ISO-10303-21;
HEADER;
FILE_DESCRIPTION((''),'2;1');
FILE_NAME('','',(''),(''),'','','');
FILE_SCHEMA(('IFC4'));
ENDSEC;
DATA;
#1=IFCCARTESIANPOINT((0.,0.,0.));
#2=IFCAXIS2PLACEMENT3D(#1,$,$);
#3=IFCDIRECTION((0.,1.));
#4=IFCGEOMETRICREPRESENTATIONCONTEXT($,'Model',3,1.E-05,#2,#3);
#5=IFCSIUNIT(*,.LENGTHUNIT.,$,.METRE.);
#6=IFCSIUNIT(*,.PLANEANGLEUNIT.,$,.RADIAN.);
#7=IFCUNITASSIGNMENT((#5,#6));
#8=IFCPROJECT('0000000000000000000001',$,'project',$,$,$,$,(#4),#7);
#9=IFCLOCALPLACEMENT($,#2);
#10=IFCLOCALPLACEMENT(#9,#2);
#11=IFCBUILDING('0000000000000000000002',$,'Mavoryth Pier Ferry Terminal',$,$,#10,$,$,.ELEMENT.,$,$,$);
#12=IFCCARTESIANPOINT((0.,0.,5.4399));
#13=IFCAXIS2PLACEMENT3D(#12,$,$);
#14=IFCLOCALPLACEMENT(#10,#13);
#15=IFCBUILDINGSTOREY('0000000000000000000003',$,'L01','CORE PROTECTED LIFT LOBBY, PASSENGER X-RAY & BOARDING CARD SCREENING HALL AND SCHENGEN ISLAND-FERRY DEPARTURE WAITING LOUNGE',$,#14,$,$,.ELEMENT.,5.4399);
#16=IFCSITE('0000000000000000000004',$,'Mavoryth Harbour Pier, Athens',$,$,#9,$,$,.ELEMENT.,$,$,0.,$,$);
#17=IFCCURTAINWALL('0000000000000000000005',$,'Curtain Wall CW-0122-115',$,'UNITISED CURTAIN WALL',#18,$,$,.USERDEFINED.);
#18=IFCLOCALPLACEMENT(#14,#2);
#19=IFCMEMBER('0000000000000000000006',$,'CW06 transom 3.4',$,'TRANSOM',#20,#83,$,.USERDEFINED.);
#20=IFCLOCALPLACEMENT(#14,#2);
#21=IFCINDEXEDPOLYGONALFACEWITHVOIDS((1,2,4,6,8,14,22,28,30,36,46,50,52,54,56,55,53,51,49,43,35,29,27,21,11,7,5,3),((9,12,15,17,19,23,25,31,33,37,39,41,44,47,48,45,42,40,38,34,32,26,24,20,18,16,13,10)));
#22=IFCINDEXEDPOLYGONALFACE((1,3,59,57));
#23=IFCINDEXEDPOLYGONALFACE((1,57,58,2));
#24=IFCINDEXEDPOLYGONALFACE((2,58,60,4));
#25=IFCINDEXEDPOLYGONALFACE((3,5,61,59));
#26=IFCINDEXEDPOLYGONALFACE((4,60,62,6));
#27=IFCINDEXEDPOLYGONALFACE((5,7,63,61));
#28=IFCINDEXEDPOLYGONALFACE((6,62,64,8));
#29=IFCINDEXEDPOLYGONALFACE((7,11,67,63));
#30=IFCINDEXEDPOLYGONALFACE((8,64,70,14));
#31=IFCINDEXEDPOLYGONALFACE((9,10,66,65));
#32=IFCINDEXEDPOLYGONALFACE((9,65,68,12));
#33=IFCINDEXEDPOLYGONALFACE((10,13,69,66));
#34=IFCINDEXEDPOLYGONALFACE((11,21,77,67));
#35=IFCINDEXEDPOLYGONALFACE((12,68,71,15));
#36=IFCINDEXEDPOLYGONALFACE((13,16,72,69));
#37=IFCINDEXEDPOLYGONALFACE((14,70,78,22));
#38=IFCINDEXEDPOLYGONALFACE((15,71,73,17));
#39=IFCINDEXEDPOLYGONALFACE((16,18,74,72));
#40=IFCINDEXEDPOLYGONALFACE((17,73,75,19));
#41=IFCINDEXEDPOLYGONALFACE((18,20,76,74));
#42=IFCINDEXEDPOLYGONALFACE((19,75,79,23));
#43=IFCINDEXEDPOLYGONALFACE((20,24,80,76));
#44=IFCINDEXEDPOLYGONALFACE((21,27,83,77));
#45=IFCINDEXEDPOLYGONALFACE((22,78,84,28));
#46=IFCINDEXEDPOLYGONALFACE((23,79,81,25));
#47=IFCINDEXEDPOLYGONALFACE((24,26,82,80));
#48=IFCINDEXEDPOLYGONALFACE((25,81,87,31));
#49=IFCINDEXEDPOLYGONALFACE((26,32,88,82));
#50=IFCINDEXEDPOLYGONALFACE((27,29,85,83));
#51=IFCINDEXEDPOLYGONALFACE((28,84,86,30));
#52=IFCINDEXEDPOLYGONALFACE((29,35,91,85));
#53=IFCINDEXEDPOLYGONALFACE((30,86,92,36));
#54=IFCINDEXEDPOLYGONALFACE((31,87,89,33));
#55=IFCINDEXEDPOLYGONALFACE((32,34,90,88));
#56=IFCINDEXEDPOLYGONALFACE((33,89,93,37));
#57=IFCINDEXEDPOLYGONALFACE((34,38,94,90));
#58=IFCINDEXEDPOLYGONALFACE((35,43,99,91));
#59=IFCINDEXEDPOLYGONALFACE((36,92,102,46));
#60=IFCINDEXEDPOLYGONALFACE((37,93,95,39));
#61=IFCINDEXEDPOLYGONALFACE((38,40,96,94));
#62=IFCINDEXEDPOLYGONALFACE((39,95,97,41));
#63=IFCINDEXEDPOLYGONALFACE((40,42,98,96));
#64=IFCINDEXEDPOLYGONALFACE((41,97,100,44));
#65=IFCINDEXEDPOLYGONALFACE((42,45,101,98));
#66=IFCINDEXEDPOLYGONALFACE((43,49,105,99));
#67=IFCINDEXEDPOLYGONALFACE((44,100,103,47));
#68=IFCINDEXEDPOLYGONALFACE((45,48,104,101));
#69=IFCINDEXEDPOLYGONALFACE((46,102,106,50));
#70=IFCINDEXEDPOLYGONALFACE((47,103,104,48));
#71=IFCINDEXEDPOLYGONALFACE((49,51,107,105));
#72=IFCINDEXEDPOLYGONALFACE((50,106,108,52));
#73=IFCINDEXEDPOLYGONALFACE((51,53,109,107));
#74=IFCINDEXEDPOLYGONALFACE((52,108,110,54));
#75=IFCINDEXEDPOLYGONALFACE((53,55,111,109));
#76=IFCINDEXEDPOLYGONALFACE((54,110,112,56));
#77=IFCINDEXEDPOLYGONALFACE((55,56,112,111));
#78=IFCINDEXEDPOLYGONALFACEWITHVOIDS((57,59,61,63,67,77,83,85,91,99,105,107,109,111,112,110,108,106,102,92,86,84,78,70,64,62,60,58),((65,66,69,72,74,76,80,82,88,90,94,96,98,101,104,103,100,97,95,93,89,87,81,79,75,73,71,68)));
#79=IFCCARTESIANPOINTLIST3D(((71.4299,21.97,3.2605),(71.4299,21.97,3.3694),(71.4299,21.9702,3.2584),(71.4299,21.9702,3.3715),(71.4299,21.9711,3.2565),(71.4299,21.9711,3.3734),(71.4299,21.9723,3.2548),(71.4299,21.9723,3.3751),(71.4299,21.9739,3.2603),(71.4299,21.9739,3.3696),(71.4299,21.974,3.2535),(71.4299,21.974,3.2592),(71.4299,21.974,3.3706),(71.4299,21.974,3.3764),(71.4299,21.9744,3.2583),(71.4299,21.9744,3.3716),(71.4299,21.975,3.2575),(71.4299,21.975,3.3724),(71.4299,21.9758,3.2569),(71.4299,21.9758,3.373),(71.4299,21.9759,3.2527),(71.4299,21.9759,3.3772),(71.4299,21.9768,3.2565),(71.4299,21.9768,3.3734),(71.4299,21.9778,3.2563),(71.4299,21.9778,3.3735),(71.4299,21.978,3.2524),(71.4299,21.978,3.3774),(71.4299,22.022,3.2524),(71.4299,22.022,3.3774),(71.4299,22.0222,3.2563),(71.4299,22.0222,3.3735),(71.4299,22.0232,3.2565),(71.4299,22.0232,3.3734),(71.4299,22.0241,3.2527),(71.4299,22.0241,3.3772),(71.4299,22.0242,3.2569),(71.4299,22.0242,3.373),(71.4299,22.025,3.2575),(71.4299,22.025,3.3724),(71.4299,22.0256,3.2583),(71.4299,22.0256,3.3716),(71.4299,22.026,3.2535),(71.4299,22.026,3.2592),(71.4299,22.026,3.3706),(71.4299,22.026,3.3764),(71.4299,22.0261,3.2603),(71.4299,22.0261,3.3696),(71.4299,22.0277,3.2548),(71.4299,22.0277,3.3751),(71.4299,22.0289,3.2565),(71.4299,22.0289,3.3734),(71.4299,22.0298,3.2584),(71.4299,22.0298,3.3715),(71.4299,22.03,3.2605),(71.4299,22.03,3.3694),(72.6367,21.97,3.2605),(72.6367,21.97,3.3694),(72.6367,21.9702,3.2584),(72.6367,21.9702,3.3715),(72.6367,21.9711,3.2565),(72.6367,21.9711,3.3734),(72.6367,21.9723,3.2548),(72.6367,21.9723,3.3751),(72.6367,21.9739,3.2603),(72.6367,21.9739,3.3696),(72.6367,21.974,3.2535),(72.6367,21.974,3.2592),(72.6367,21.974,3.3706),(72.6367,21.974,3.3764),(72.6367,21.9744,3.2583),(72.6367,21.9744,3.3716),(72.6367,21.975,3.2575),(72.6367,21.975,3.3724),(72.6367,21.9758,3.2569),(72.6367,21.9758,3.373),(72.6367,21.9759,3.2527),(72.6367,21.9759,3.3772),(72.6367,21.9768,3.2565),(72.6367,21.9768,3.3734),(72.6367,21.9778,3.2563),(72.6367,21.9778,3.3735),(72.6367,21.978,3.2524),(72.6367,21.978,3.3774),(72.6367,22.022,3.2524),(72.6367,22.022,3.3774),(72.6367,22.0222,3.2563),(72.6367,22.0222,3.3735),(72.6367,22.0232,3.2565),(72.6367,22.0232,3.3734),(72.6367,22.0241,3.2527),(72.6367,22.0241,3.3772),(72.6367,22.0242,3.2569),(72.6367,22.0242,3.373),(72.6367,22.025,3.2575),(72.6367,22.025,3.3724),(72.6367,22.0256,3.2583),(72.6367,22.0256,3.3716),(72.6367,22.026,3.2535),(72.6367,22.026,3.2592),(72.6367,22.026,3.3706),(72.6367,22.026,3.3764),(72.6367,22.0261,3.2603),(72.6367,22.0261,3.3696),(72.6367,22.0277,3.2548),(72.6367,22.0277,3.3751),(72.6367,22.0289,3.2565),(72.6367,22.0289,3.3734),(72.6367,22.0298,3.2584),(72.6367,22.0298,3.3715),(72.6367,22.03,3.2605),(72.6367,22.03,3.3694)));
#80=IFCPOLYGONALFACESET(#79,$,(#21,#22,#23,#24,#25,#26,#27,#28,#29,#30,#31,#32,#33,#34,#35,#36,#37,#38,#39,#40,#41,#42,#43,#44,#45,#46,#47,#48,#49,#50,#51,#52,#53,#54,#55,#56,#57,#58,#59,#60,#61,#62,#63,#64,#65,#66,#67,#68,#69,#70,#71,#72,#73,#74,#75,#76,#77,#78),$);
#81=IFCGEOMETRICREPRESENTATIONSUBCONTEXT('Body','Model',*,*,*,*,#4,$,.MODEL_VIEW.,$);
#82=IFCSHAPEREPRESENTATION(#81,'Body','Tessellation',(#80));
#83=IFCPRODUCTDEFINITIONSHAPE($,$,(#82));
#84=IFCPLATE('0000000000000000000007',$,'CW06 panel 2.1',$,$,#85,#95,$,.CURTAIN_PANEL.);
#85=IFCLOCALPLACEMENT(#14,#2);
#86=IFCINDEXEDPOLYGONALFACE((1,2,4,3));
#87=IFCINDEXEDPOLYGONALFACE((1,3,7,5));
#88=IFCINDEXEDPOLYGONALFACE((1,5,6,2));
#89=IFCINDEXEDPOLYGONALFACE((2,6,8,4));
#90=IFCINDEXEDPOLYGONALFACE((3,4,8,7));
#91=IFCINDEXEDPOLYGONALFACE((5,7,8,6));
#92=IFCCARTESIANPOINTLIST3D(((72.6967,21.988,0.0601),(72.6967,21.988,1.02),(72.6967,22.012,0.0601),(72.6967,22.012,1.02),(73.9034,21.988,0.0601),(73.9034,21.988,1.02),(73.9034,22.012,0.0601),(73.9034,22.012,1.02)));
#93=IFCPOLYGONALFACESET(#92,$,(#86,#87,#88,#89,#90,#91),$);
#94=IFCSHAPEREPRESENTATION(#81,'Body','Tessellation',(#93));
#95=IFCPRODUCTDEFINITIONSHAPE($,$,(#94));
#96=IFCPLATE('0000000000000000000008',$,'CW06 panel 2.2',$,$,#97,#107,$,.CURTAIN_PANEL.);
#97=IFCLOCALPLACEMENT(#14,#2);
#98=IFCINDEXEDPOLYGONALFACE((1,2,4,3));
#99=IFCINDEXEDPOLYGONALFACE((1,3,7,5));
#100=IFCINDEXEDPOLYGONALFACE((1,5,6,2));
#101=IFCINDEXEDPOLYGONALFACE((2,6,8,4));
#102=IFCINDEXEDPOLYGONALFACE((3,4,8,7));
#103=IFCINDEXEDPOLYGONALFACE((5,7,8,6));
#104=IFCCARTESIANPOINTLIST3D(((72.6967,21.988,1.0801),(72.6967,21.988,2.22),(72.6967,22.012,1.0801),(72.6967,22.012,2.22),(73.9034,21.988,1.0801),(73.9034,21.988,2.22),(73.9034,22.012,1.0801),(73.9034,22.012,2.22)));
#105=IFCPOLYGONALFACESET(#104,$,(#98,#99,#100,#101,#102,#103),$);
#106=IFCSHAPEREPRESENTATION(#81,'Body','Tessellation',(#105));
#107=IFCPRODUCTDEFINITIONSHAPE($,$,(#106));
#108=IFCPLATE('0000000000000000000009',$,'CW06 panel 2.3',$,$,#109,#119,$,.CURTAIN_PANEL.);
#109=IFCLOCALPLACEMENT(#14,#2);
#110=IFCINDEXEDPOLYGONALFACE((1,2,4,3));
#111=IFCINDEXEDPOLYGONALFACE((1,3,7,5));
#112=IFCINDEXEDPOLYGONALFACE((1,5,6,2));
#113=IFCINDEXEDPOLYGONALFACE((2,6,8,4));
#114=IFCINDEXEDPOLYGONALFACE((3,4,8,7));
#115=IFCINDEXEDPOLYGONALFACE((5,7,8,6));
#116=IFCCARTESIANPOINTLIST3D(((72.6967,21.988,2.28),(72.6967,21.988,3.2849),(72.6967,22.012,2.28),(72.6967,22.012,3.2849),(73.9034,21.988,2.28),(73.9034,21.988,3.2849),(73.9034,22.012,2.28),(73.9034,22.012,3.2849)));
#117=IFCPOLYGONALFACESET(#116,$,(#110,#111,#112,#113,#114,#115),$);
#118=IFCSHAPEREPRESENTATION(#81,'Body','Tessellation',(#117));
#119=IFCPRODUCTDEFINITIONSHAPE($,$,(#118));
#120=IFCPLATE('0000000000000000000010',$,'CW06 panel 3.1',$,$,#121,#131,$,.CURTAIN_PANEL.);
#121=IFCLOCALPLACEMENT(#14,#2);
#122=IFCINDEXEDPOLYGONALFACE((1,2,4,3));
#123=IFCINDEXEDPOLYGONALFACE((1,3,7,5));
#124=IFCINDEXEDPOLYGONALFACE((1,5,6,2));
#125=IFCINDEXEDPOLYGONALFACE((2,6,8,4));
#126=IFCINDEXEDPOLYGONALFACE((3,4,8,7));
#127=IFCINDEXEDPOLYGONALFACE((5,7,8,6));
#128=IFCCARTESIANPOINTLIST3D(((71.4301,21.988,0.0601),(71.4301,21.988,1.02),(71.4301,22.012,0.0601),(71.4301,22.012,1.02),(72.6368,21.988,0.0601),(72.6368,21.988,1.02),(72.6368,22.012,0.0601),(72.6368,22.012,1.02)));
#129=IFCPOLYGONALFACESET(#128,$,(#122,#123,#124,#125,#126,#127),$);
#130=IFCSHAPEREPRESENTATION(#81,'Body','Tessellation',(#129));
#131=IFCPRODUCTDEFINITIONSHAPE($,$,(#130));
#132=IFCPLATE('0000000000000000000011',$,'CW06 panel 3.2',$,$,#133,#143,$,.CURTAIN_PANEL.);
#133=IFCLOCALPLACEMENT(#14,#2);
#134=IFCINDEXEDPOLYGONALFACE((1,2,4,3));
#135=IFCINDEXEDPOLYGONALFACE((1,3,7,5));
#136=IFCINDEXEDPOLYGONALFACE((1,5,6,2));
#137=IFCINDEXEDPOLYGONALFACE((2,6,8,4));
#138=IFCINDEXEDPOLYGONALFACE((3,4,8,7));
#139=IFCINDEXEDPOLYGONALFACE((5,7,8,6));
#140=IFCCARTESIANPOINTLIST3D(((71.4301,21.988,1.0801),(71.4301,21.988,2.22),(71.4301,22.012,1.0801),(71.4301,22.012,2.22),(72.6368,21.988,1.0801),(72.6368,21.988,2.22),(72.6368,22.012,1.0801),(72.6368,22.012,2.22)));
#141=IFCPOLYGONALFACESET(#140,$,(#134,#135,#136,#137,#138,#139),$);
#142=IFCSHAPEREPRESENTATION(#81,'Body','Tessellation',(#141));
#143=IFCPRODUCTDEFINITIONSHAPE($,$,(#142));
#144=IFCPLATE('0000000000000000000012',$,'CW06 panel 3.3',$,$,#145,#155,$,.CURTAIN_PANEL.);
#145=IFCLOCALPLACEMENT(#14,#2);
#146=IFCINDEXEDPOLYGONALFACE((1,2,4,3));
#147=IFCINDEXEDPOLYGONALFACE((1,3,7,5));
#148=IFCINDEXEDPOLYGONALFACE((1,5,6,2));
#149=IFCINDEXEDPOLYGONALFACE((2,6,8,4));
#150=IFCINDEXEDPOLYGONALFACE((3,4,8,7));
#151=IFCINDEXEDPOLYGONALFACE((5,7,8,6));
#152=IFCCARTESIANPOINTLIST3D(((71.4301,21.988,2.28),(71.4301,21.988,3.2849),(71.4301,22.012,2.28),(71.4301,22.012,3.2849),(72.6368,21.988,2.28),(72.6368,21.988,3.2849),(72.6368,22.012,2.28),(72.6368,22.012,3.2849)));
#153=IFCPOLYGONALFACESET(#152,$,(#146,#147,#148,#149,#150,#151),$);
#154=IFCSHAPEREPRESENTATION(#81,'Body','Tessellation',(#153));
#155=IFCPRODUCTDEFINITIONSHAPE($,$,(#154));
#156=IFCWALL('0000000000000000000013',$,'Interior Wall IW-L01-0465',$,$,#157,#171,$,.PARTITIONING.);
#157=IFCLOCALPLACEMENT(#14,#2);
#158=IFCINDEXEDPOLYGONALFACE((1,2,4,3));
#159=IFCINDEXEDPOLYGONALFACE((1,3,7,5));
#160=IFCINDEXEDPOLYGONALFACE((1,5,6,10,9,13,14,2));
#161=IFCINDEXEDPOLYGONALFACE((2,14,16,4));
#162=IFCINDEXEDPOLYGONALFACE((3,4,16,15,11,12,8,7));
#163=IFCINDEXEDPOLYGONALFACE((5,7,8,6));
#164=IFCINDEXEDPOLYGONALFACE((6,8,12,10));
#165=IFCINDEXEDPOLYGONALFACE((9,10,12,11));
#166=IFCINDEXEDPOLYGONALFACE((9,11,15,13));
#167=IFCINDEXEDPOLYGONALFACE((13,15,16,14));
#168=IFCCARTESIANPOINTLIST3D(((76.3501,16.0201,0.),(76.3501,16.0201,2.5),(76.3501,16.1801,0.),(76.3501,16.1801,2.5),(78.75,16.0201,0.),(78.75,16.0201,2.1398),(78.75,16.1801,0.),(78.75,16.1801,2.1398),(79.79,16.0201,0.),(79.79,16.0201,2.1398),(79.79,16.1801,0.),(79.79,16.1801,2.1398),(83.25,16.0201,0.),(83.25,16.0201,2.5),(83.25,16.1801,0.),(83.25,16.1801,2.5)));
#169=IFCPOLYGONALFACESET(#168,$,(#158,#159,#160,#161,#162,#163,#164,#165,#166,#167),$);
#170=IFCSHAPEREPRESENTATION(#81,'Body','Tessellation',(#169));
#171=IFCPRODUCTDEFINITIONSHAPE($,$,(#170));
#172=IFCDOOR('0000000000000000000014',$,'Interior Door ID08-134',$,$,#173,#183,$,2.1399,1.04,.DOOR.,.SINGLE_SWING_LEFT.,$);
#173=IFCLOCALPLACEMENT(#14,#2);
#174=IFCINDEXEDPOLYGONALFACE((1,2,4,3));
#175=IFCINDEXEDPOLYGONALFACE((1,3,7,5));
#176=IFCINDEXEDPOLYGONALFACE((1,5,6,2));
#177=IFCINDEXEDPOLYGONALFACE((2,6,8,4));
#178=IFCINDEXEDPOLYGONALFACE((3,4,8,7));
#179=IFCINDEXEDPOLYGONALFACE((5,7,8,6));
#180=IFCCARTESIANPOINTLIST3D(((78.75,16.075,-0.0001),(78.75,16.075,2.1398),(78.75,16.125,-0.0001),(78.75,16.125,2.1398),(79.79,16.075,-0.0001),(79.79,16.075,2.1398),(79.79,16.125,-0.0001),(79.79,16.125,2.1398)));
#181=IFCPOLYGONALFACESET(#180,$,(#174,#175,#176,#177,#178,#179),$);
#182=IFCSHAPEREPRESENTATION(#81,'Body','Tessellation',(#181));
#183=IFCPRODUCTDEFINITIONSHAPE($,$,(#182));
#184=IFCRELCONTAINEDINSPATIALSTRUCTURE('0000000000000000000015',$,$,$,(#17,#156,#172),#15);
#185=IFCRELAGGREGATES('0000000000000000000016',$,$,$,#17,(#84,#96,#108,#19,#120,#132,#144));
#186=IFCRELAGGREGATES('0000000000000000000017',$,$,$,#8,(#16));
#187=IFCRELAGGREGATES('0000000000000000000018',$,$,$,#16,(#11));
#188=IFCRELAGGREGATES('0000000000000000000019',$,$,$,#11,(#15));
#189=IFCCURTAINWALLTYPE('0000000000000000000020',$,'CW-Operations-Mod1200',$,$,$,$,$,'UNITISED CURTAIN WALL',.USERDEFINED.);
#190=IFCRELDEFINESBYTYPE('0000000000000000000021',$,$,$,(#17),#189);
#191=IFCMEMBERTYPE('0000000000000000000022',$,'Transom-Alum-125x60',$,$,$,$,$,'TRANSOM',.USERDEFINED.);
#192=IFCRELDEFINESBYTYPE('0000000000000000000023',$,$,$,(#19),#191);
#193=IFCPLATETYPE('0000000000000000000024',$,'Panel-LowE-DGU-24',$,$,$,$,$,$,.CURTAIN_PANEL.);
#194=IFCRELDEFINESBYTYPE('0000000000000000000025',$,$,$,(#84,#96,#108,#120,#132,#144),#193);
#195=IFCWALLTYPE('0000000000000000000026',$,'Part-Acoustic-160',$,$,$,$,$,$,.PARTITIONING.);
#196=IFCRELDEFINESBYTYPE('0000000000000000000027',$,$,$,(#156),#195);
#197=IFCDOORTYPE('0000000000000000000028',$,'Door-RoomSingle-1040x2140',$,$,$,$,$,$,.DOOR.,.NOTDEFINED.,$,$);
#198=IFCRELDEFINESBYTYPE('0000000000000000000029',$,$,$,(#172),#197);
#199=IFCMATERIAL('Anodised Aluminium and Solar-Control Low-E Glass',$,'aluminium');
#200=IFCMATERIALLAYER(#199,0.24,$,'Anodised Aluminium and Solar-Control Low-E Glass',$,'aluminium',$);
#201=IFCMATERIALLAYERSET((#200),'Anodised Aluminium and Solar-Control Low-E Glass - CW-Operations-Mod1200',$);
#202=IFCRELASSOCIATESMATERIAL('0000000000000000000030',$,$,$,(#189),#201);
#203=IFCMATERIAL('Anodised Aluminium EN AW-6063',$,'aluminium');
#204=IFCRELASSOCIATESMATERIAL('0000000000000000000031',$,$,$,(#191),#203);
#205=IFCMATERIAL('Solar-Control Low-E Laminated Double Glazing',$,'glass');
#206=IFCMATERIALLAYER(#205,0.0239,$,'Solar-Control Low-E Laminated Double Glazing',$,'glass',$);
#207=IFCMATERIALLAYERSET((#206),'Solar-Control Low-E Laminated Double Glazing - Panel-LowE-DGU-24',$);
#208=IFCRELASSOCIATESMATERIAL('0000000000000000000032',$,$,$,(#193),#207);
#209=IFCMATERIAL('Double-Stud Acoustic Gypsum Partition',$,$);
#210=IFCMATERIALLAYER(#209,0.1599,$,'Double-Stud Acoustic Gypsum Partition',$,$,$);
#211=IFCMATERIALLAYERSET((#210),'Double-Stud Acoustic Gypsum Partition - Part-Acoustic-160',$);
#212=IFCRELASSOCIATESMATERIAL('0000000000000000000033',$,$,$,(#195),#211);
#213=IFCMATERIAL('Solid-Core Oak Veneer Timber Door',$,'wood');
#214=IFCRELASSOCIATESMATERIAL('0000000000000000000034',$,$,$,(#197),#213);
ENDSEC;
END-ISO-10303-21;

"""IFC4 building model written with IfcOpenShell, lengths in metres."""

from ifc_helpers import new_model, si_unit, direction, frame, frame_2d, origin, origin_2d, place, context, subcontext, project, spatial, rectangle, hollow_rectangle, extrude, material, layer, layer_set, material_profile, profile_set, type_object, element, fill, aggregate, save


model = new_model("IFC4")

# Units and contexts
model_context = context("Model", 3, precision=1e-05, world=origin(), true_north=direction((0.0, 1.0)))
body_context = subcontext(model_context, "Body", "Model", "MODEL_VIEW")
ifc_project = project(units=[si_unit("LENGTHUNIT", "METRE"), si_unit("PLANEANGLEUNIT", "RADIAN")], contexts=[model_context])

# Site, building, storey
site_placement = place(None, origin())
site = spatial("IfcSite", under=ifc_project, at=site_placement, Name="Mavoryth Harbour Pier, Athens", CompositionType="ELEMENT", RefElevation=0.0)
building_placement = place(site_placement, origin())
building = spatial("IfcBuilding", under=site, at=building_placement, Name="Mavoryth Pier Ferry Terminal", CompositionType="ELEMENT")
storey_placement = place(building_placement, frame((0.0, 0.0, 5.4399)))
storey = spatial("IfcBuildingStorey", under=building, at=storey_placement, Name="L01", Description="CORE PROTECTED LIFT LOBBY, PASSENGER X-RAY & BOARDING CARD SCREENING HALL AND SCHENGEN ISLAND-FERRY DEPARTURE WAITING LOUNGE", CompositionType="ELEMENT", Elevation=5.4399)

# Curtain wall, member, plates
ifc_material_1 = material(Name="Anodised Aluminium and Solar-Control Low-E Glass", Category="aluminium")
ifc_layer_1 = layer(ifc_material_1, 0.24, Name="Anodised Aluminium and Solar-Control Low-E Glass", Category="aluminium")
ifc_layer_set_1 = layer_set([ifc_layer_1], Name="Anodised Aluminium and Solar-Control Low-E Glass - CW-Operations-Mod1200")
curtain_wall_type = type_object("IfcCurtainWallType", Name="CW-Operations-Mod1200", ElementType="UNITISED CURTAIN WALL", PredefinedType="USERDEFINED", material=ifc_layer_set_1)
curtain_wall_placement = place(storey_placement, origin())
curtain_wall = element("IfcCurtainWall", 1, at=curtain_wall_placement, inside=storey, type_object=curtain_wall_type, Name="Curtain Wall CW-0122-115", ObjectType="UNITISED CURTAIN WALL", PredefinedType="USERDEFINED")
ifc_material_2 = material(Name="Anodised Aluminium EN AW-6063", Category="aluminium")
ifc_material_profile_1 = material_profile(ifc_material_2, hollow_rectangle(XDim=0.0601, YDim=0.125, WallThickness=0.0039, InnerFilletRadius=0.0039, OuterFilletRadius=0.0081, at=origin_2d()), Name="AL-TRAN 125x60x4", Category="aluminium")
ifc_profile_set_1 = profile_set([ifc_material_profile_1], Name="Anodised Aluminium EN AW-6063 - AL-TRAN 125x60x4")
member_type_1 = type_object("IfcMemberType", Name="Transom-Alum-125x60", ElementType="TRANSOM", PredefinedType="USERDEFINED", material=ifc_profile_set_1)
member_1_placement = place(storey_placement, frame((72.6367, 22.0, 3.3149), z_axis=(-1.0, 0.0, 0.0), x_axis=(0.0, -1.0, 0.0)))
member_1 = element("IfcMember", 2, at=member_1_placement, type_object=member_type_1, Name="CW06 transom 3.4", ObjectType="TRANSOM", PredefinedType="USERDEFINED", context=body_context, shape_type="SweptSolid", body=[
    extrude(hollow_rectangle(XDim=0.0601, YDim=0.125, WallThickness=0.0039, InnerFilletRadius=0.0039, OuterFilletRadius=0.0081, at=origin_2d()), origin(), (0.0, 0.0, 1.0), 1.2068),
])
ifc_material_3 = material(Name="Solar-Control Low-E Laminated Double Glazing", Category="glass")
ifc_layer_2 = layer(ifc_material_3, 0.0239, Name="Solar-Control Low-E Laminated Double Glazing", Category="glass")
ifc_layer_set_2 = layer_set([ifc_layer_2], Name="Solar-Control Low-E Laminated Double Glazing - Panel-LowE-DGU-24")
plate_type = type_object("IfcPlateType", Name="Panel-LowE-DGU-24", PredefinedType="CURTAIN_PANEL", material=ifc_layer_set_2)
plate_1_placement = place(storey_placement, frame((73.3, 22.0, 0.0601), z_axis=(0.0, 0.0, 1.0), x_axis=(-1.0, 0.0, 0.0)))
plate_1 = element("IfcPlate", 3, at=plate_1_placement, type_object=plate_type, Name="CW06 panel 2.1", PredefinedType="CURTAIN_PANEL", context=body_context, shape_type="SweptSolid", body=[
    extrude(rectangle(XDim=1.2068, YDim=0.0239, at=origin_2d()), origin(), (0.0, 0.0, 1.0), 0.96),
])
plate_2_placement = place(storey_placement, frame((73.3, 22.0, 1.0801), z_axis=(0.0, 0.0, 1.0), x_axis=(-1.0, 0.0, 0.0)))
plate_2 = element("IfcPlate", 4, at=plate_2_placement, type_object=plate_type, Name="CW06 panel 2.2", PredefinedType="CURTAIN_PANEL", context=body_context, shape_type="SweptSolid", body=[
    extrude(rectangle(XDim=1.2068, YDim=0.0239, at=origin_2d()), origin(), (0.0, 0.0, 1.0), 1.1399),
])
plate_3_placement = place(storey_placement, frame((73.3, 22.0, 2.28), z_axis=(0.0, 0.0, 1.0), x_axis=(-1.0, 0.0, 0.0)))
plate_3 = element("IfcPlate", 5, at=plate_3_placement, type_object=plate_type, Name="CW06 panel 2.3", PredefinedType="CURTAIN_PANEL", context=body_context, shape_type="SweptSolid", body=[
    extrude(rectangle(XDim=1.2068, YDim=0.0239, at=origin_2d()), origin(), (0.0, 0.0, 1.0), 1.0049),
])
plate_4_placement = place(storey_placement, frame((72.0334, 22.0, 0.0601), z_axis=(0.0, 0.0, 1.0), x_axis=(-1.0, 0.0, 0.0)))
plate_4 = element("IfcPlate", 6, at=plate_4_placement, type_object=plate_type, Name="CW06 panel 3.1", PredefinedType="CURTAIN_PANEL", context=body_context, shape_type="SweptSolid", body=[
    extrude(rectangle(XDim=1.2068, YDim=0.0239, at=origin_2d()), origin(), (0.0, 0.0, 1.0), 0.96),
])
plate_5_placement = place(storey_placement, frame((72.0334, 22.0, 1.0801), z_axis=(0.0, 0.0, 1.0), x_axis=(-1.0, 0.0, 0.0)))
plate_5 = element("IfcPlate", 7, at=plate_5_placement, type_object=plate_type, Name="CW06 panel 3.2", PredefinedType="CURTAIN_PANEL", context=body_context, shape_type="SweptSolid", body=[
    extrude(rectangle(XDim=1.2068, YDim=0.0239, at=origin_2d()), origin(), (0.0, 0.0, 1.0), 1.1399),
])
plate_6_placement = place(storey_placement, frame((72.0334, 22.0, 2.28), z_axis=(0.0, 0.0, 1.0), x_axis=(-1.0, 0.0, 0.0)))
plate_6 = element("IfcPlate", 8, at=plate_6_placement, type_object=plate_type, Name="CW06 panel 3.3", PredefinedType="CURTAIN_PANEL", context=body_context, shape_type="SweptSolid", body=[
    extrude(rectangle(XDim=1.2068, YDim=0.0239, at=origin_2d()), origin(), (0.0, 0.0, 1.0), 1.0049),
])
aggregate(curtain_wall, [plate_1, plate_2, plate_3, member_1, plate_4, plate_5, plate_6])

# Wall, opening, door
ifc_material_4 = material(Name="Double-Stud Acoustic Gypsum Partition")
ifc_layer_3 = layer(ifc_material_4, 0.1599, Name="Double-Stud Acoustic Gypsum Partition")
ifc_layer_set_3 = layer_set([ifc_layer_3], Name="Double-Stud Acoustic Gypsum Partition - Part-Acoustic-160")
wall_type_1 = type_object("IfcWallType", Name="Part-Acoustic-160", PredefinedType="PARTITIONING", material=ifc_layer_set_3)
wall_1_placement = place(storey_placement, frame((76.3501, 16.1001, 0.0), z_axis=(0.0, 0.0, 1.0), x_axis=(1.0, 0.0, 0.0)))
wall_1 = element("IfcWall", 9, at=wall_1_placement, inside=storey, type_object=wall_type_1, Name="Interior Wall IW-L01-0465", PredefinedType="PARTITIONING", context=body_context, shape_type="SweptSolid", body=[
    extrude(rectangle(XDim=6.8999, YDim=0.1599, at=frame_2d((3.45, 0.0))), origin(), (0.0, 0.0, 1.0), 2.5),
])
opening_1_placement = place(wall_1_placement, frame((2.3999, 0.0, 0.0)))
opening_1 = element("IfcOpeningElement", 10, at=opening_1_placement, cuts=wall_1, PredefinedType="OPENING", context=body_context, shape_type="SweptSolid", body=[
    extrude(rectangle(XDim=1.04, YDim=2.1399, at=frame_2d((0.52, 1.0698))), frame((0.0, 0.0898, 0.0), z_axis=(0.0, -1.0, 0.0), x_axis=(1.0, 0.0, 0.0)), (0.0, 0.0, 1.0), 0.1799),
])
ifc_material_5 = material(Name="Solid-Core Oak Veneer Timber Door", Category="wood")
door_type_1 = type_object("IfcDoorType", Name="Door-RoomSingle-1040x2140", OperationType="NOTDEFINED", PredefinedType="DOOR", material=ifc_material_5)
door_1_placement = place(opening_1_placement, origin())
door_1 = element("IfcDoor", 11, at=door_1_placement, inside=storey, type_object=door_type_1, Name="Interior Door ID08-134", OperationType="SINGLE_SWING_LEFT", OverallHeight=2.1399, OverallWidth=1.04, PredefinedType="DOOR", context=body_context, shape_type="SweptSolid", body=[
    extrude(rectangle(XDim=1.04, YDim=2.1399, at=frame_2d((0.52, 1.0698))), frame((0.0, 0.0249, 0.0), z_axis=(0.0, -1.0, 0.0), x_axis=(1.0, 0.0, 0.0)), (0.0, 0.0, 1.0), 0.05),
])
fill(opening_1, door_1)

save(model, "model.ifc")
